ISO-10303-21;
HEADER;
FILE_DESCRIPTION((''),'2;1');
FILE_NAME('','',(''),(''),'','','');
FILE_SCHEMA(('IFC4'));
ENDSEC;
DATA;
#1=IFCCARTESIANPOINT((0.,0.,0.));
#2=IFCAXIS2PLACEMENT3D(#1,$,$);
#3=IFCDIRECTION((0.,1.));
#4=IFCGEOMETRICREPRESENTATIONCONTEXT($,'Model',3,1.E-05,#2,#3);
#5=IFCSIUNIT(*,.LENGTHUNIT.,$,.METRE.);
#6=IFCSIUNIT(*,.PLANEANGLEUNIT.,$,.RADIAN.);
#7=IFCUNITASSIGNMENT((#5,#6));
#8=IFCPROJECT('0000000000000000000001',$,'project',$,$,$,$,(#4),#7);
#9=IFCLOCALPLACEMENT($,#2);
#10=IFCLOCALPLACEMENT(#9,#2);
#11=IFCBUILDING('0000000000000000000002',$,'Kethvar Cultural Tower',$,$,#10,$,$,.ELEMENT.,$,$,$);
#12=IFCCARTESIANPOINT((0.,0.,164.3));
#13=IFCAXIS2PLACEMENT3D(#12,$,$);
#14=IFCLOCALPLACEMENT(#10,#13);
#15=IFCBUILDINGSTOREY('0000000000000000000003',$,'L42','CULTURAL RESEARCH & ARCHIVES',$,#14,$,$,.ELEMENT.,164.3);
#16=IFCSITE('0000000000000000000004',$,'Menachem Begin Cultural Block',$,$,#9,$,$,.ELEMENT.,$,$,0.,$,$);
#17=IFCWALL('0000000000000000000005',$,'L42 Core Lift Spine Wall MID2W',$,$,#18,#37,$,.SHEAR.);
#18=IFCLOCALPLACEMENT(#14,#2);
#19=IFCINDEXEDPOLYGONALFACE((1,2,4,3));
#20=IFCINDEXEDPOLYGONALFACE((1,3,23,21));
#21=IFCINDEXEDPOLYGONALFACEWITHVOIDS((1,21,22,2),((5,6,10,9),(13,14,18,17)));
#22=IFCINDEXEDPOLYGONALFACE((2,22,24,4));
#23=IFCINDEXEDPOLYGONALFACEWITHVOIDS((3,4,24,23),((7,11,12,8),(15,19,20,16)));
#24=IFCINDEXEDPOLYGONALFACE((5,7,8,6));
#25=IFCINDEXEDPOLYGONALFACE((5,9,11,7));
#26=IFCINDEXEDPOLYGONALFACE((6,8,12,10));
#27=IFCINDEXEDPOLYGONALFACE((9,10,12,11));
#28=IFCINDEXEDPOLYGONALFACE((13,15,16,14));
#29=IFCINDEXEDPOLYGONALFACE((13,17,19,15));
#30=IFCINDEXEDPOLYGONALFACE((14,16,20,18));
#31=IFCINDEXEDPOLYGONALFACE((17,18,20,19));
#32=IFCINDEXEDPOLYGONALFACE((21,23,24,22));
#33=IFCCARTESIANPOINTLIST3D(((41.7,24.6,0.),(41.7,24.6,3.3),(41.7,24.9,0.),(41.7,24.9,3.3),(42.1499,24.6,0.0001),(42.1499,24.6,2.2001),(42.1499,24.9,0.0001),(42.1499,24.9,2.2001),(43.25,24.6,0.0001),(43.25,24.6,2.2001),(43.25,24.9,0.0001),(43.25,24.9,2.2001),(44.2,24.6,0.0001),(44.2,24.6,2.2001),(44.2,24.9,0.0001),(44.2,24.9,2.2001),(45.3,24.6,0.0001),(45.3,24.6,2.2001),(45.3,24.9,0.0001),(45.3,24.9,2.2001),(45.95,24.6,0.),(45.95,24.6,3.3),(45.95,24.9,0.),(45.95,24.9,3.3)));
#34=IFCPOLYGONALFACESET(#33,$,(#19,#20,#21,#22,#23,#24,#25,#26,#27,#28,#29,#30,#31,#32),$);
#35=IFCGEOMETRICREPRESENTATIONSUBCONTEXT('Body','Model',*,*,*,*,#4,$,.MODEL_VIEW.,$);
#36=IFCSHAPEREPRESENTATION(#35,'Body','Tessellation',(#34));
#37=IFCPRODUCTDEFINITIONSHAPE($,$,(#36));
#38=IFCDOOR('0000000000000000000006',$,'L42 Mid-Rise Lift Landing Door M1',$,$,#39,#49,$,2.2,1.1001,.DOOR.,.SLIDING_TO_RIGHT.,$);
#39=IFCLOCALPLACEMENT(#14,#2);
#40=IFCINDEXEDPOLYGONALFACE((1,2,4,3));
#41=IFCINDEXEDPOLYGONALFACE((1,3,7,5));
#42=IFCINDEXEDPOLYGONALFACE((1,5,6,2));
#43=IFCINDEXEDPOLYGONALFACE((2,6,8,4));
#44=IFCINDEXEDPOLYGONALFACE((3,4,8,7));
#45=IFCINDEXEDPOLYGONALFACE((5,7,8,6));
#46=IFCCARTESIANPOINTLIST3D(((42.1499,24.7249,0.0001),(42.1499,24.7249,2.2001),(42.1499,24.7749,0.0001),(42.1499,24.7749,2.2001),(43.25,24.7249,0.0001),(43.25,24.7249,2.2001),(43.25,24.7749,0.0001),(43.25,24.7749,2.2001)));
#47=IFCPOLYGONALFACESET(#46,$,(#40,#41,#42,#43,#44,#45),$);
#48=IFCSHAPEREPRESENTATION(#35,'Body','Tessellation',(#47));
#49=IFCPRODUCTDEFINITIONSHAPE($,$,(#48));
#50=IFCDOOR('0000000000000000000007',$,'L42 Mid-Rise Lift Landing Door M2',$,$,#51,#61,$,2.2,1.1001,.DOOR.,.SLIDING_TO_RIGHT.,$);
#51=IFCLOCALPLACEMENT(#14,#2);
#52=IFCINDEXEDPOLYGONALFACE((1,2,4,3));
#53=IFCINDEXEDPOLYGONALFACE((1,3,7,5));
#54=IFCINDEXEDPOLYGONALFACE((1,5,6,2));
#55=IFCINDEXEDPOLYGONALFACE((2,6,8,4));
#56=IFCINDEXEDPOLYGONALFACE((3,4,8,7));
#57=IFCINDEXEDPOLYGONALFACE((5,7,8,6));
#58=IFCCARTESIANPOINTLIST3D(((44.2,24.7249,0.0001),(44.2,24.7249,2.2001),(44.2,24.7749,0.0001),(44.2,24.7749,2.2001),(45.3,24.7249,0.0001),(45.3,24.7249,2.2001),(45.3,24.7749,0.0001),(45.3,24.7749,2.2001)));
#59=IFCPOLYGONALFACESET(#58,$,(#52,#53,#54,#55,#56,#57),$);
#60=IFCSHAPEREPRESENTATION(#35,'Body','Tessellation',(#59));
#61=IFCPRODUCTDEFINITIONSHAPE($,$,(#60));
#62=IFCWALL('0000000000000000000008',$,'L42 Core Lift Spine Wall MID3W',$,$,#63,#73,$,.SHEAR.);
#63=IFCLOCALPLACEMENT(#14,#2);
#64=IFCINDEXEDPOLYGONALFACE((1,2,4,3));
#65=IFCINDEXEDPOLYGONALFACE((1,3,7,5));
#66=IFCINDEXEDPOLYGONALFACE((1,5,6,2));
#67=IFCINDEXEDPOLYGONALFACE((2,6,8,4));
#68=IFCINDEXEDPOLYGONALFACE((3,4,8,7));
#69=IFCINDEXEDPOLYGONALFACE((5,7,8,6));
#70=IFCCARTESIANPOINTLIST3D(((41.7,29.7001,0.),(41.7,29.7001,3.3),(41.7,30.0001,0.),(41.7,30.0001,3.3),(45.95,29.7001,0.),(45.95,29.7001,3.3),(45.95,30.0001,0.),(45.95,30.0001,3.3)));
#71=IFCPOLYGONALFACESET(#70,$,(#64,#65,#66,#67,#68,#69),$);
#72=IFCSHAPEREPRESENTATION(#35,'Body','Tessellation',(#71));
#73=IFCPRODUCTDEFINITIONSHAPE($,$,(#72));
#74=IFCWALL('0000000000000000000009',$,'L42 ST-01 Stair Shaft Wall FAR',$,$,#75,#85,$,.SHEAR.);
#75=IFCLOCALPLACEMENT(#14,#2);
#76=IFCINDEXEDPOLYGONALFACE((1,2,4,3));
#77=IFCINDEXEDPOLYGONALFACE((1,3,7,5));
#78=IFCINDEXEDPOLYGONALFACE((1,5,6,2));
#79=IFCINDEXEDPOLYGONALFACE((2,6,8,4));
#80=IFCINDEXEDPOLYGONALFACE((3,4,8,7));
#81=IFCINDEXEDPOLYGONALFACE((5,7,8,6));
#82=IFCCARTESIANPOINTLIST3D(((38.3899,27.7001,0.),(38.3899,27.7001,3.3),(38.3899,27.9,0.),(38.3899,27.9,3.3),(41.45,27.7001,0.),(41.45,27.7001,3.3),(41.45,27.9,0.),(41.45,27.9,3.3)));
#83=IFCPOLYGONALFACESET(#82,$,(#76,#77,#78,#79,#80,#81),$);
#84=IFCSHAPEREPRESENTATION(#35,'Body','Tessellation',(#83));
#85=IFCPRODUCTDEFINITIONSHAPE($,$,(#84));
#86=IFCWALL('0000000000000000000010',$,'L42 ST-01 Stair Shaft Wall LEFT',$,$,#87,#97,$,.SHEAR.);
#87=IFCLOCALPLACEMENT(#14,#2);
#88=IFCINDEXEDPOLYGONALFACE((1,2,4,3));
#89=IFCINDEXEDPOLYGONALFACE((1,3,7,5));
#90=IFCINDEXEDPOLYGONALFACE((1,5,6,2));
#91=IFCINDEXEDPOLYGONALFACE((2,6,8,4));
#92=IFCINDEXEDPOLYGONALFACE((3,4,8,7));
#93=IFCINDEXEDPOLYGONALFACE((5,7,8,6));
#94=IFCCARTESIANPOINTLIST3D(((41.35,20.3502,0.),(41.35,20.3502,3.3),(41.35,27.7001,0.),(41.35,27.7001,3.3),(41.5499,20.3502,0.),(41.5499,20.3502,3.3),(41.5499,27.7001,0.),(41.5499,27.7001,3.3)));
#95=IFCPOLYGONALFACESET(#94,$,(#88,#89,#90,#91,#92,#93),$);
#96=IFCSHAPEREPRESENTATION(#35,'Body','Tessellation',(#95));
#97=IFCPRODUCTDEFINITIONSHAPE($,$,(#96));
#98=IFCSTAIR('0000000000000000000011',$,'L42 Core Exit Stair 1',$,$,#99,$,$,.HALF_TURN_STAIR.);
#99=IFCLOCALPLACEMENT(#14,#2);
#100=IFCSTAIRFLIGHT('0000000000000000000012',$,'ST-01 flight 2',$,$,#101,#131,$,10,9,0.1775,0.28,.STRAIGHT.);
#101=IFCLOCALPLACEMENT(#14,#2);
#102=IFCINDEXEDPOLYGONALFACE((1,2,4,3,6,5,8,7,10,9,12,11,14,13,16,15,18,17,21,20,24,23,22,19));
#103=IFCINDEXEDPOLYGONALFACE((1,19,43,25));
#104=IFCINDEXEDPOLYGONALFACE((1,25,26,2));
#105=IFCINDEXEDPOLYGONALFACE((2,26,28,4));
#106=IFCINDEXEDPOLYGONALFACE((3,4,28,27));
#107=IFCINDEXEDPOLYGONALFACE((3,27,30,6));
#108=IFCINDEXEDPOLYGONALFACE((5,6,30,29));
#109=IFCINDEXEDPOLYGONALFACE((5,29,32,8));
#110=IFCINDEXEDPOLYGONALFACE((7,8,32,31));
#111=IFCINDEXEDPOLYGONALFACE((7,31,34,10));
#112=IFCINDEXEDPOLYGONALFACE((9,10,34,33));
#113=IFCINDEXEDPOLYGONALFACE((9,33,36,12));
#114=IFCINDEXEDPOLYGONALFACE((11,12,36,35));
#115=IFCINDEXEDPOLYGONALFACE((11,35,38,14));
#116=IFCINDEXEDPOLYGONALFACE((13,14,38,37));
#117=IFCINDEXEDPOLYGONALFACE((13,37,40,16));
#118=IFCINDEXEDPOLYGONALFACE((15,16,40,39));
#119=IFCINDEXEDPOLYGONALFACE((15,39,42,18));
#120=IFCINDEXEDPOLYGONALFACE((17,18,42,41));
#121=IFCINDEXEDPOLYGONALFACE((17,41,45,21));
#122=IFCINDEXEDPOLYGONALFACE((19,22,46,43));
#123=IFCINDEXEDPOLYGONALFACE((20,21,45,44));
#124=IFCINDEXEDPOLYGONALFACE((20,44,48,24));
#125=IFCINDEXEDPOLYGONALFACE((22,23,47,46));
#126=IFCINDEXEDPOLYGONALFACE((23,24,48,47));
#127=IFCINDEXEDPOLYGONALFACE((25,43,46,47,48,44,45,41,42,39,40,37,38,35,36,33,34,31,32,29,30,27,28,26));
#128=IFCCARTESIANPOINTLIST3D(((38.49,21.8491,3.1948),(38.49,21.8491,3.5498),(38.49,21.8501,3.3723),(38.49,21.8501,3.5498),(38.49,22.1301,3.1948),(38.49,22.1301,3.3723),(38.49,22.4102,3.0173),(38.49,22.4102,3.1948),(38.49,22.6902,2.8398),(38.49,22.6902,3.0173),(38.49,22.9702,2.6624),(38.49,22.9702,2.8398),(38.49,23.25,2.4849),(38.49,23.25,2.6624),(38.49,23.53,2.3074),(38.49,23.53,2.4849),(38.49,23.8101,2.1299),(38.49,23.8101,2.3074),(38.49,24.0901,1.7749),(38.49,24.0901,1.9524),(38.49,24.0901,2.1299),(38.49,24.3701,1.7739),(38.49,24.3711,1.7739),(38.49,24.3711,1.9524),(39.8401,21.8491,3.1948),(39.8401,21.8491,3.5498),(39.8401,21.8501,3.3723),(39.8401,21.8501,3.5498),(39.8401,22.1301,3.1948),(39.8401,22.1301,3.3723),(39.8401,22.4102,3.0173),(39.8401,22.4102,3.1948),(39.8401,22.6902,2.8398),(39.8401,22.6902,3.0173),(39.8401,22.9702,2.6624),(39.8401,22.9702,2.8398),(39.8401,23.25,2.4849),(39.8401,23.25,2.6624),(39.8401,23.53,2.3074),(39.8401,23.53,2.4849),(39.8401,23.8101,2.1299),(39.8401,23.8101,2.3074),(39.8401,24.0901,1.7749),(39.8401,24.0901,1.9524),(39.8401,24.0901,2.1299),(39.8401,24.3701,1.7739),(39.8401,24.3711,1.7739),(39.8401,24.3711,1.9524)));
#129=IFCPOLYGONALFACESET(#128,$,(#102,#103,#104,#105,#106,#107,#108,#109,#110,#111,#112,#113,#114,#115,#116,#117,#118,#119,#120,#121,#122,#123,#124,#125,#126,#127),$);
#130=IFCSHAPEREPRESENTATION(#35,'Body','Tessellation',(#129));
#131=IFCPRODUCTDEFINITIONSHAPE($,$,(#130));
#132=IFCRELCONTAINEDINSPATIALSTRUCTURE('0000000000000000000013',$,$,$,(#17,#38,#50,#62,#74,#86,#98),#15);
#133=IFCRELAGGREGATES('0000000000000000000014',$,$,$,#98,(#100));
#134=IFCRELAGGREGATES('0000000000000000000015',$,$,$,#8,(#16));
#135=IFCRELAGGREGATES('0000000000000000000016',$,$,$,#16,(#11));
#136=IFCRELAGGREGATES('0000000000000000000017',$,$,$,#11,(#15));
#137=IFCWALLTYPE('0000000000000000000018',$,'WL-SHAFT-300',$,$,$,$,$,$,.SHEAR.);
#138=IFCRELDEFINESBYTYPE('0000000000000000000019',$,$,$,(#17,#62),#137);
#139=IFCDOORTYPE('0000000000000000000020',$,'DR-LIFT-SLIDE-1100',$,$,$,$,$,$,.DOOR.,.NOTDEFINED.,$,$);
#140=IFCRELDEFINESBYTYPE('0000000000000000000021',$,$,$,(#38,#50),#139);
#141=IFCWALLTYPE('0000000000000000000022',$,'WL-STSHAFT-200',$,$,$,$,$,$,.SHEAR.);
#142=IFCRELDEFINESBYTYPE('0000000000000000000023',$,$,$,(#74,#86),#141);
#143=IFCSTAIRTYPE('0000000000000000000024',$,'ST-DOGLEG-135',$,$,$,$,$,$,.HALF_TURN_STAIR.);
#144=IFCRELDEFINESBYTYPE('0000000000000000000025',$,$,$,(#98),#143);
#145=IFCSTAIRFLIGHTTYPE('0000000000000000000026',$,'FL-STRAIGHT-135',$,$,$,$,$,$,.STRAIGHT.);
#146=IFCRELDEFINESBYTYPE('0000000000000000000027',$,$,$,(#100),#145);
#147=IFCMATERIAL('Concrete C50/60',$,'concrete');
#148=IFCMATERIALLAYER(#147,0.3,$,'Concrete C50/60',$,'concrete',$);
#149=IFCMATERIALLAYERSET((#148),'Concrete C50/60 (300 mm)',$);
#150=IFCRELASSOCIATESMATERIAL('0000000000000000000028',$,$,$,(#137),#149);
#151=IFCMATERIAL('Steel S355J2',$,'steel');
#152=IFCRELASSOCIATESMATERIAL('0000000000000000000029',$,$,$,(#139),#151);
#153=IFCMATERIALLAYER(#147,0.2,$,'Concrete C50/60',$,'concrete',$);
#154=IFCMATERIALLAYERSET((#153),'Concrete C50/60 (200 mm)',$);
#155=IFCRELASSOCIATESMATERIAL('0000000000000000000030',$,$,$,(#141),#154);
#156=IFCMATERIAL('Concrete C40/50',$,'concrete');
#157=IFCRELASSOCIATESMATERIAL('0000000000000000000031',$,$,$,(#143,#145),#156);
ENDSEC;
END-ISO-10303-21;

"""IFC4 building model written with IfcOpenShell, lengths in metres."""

from ifc_helpers import new_model, si_unit, direction, frame, frame_2d, origin, place, context, subcontext, project, spatial, polyline, rectangle, outline, extrude, source, transform, mapped, material, layer, layer_set, type_object, element, fill, aggregate, save


model = new_model("IFC4")

# Units and contexts
model_context = context("Model", 3, precision=1e-05, world=origin(), true_north=direction((0.0, 1.0)))
body_context = subcontext(model_context, "Body", "Model", "MODEL_VIEW")
ifc_project = project(units=[si_unit("LENGTHUNIT", "METRE"), si_unit("PLANEANGLEUNIT", "RADIAN")], contexts=[model_context])

# Site, building, storey
site_placement = place(None, origin())
site = spatial("IfcSite", under=ifc_project, at=site_placement, Name="Menachem Begin Cultural Block", CompositionType="ELEMENT", RefElevation=0.0)
building_placement = place(site_placement, origin())
building = spatial("IfcBuilding", under=site, at=building_placement, Name="Kethvar Cultural Tower", CompositionType="ELEMENT")
storey_placement = place(building_placement, frame((0.0, 0.0, 164.3)))
storey = spatial("IfcBuildingStorey", under=building, at=storey_placement, Name="L42", Description="CULTURAL RESEARCH & ARCHIVES", CompositionType="ELEMENT", Elevation=164.3)

# Shared definitions
ifc_material_1 = material(Name="Steel S355J2", Category="steel")

# Shared definitions
ifc_material_2 = material(Name="Concrete C40/50", Category="concrete")

# Wall, openings, doors
ifc_material_3 = material(Name="Concrete C50/60", Category="concrete")
ifc_layer_1 = layer(ifc_material_3, 0.3, Name="Concrete C50/60", Category="concrete")
ifc_layer_set_1 = layer_set([ifc_layer_1], Name="Concrete C50/60 (300 mm)")
wall_type_1 = type_object("IfcWallType", Name="WL-SHAFT-300", PredefinedType="SHEAR", material=ifc_layer_set_1)
wall_1_placement = place(storey_placement, frame((41.7, 24.75, 0.0), z_axis=(0.0, 0.0, 1.0), x_axis=(1.0, 0.0, 0.0)))
wall_1 = element("IfcWall", 1, at=wall_1_placement, inside=storey, type_object=wall_type_1, Name="L42 Core Lift Spine Wall MID2W", PredefinedType="SHEAR", context=body_context, shape_type="SweptSolid", body=[
    extrude(rectangle(XDim=4.25, YDim=0.3, at=frame_2d((2.125, 0.0))), origin(), (0.0, 0.0, 1.0), 3.3),
])
opening_1_placement = place(wall_1_placement, frame((0.45, 0.0, 0.0)))
opening_1 = element("IfcOpeningElement", 2, at=opening_1_placement, cuts=wall_1, PredefinedType="OPENING", context=body_context, shape_type="SweptSolid", body=[
    extrude(rectangle(XDim=1.1001, YDim=2.2, at=frame_2d((0.55, 1.1001))), frame((0.0, 0.1599, 0.0), z_axis=(0.0, -1.0, 0.0), x_axis=(1.0, 0.0, 0.0)), (0.0, 0.0, 1.0), 0.3201),
])
opening_2_placement = place(wall_1_placement, frame((2.5, 0.0, 0.0)))
opening_2 = element("IfcOpeningElement", 3, at=opening_2_placement, cuts=wall_1, PredefinedType="OPENING", context=body_context, shape_type="SweptSolid", body=[
    extrude(rectangle(XDim=1.1001, YDim=2.2, at=frame_2d((0.55, 1.1001))), frame((0.0, 0.1599, 0.0), z_axis=(0.0, -1.0, 0.0), x_axis=(1.0, 0.0, 0.0)), (0.0, 0.0, 1.0), 0.3201),
])
door_type = type_object("IfcDoorType", Name="DR-LIFT-SLIDE-1100", OperationType="NOTDEFINED", PredefinedType="DOOR", material=ifc_material_1)
shared_shape_1 = source(origin(), body_context, "Body", "SweptSolid", [
    extrude(rectangle(XDim=1.1001, YDim=2.2, at=frame_2d((0.55, 1.1001))), frame((0.0, 0.0249, 0.0), z_axis=(0.0, -1.0, 0.0), x_axis=(1.0, 0.0, 0.0)), (0.0, 0.0, 1.0), 0.05),
])
door_1_placement = place(opening_1_placement, origin())
door_1 = element("IfcDoor", 4, at=door_1_placement, inside=storey, type_object=door_type, Name="L42 Mid-Rise Lift Landing Door M1", OperationType="SLIDING_TO_RIGHT", OverallHeight=2.2, OverallWidth=1.1001, PredefinedType="DOOR", context=body_context, shape_type="MappedRepresentation", body=[
    mapped(shared_shape_1, transform((0.0, 0.0, 0.0), scale=1.0)),
])
fill(opening_1, door_1)
door_2_placement = place(opening_2_placement, origin())
door_2 = element("IfcDoor", 5, at=door_2_placement, inside=storey, type_object=door_type, Name="L42 Mid-Rise Lift Landing Door M2", OperationType="SLIDING_TO_RIGHT", OverallHeight=2.2, OverallWidth=1.1001, PredefinedType="DOOR", context=body_context, shape_type="MappedRepresentation", body=[
    mapped(shared_shape_1, transform((0.0, 0.0, 0.0), scale=1.0)),
])
fill(opening_2, door_2)

# Walls
wall_2_placement = place(storey_placement, frame((41.7, 29.8501, 0.0), z_axis=(0.0, 0.0, 1.0), x_axis=(1.0, 0.0, 0.0)))
element("IfcWall", 6, at=wall_2_placement, inside=storey, type_object=wall_type_1, Name="L42 Core Lift Spine Wall MID3W", PredefinedType="SHEAR", context=body_context, shape_type="SweptSolid", body=[
    extrude(rectangle(XDim=4.25, YDim=0.3, at=frame_2d((2.125, 0.0))), origin(), (0.0, 0.0, 1.0), 3.3),
])
ifc_layer_2 = layer(ifc_material_3, 0.2, Name="Concrete C50/60", Category="concrete")
ifc_layer_set_2 = layer_set([ifc_layer_2], Name="Concrete C50/60 (200 mm)")
wall_type_2 = type_object("IfcWallType", Name="WL-STSHAFT-200", PredefinedType="SHEAR", material=ifc_layer_set_2)
wall_3_placement = place(storey_placement, frame((38.3899, 27.8, 0.0), z_axis=(0.0, 0.0, 1.0), x_axis=(1.0, 0.0, 0.0)))
element("IfcWall", 7, at=wall_3_placement, inside=storey, type_object=wall_type_2, Name="L42 ST-01 Stair Shaft Wall FAR", PredefinedType="SHEAR", context=body_context, shape_type="SweptSolid", body=[
    extrude(rectangle(XDim=3.0601, YDim=0.2, at=frame_2d((1.53, 0.0))), origin(), (0.0, 0.0, 1.0), 3.3),
])
wall_4_placement = place(storey_placement, frame((41.45, 27.7, 0.0), z_axis=(0.0, 0.0, 1.0), x_axis=(0.0, -1.0, 0.0)))
element("IfcWall", 8, at=wall_4_placement, inside=storey, type_object=wall_type_2, Name="L42 ST-01 Stair Shaft Wall LEFT", PredefinedType="SHEAR", context=body_context, shape_type="SweptSolid", body=[
    extrude(rectangle(XDim=7.3499, YDim=0.2, at=frame_2d((3.6748, 0.0))), origin(), (0.0, 0.0, 1.0), 3.3),
])

# Stair, stair flight
stair_type = type_object("IfcStairType", Name="ST-DOGLEG-135", PredefinedType="HALF_TURN_STAIR", material=ifc_material_2)
stair_placement = place(storey_placement, origin())
stair = element("IfcStair", 9, at=stair_placement, inside=storey, type_object=stair_type, Name="L42 Core Exit Stair 1", PredefinedType="HALF_TURN_STAIR")
stair_flight_type = type_object("IfcStairFlightType", Name="FL-STRAIGHT-135", PredefinedType="STRAIGHT", material=ifc_material_2)
stair_flight_placement = place(storey_placement, frame((39.165, 24.3701, 1.7749), z_axis=(0.0, 0.0, 1.0), x_axis=(0.0, -1.0, 0.0)))
stair_flight = element("IfcStairFlight", 10, at=stair_flight_placement, type_object=stair_flight_type, Name="ST-01 flight 2", NumberOfRisers=10, NumberOfTreads=9, PredefinedType="STRAIGHT", RiserHeight=0.1775, TreadLength=0.28, context=body_context, shape_type="SweptSolid", body=[
    extrude(outline(polyline([(-0.001, -0.001), (-0.001, 0.1775), (0.28, 0.1775), (0.28, 0.355), (0.5601, 0.355), (0.5601, 0.5325), (0.8401, 0.5325), (0.8401, 0.71), (1.1201, 0.71), (1.1201, 0.8875), (1.3999, 0.8875), (1.3999, 1.0649), (1.6799, 1.0649), (1.6799, 1.2424), (1.96, 1.2424), (1.96, 1.4199), (2.24, 1.4199), (2.24, 1.5974), (2.52, 1.5974), (2.52, 1.7749), (2.521, 1.7749), (2.521, 1.4199), (0.28, 0.0), (0.0, -0.001), (-0.001, -0.001)])), frame((0.0, 0.675, 0.0), z_axis=(0.0, -1.0, 0.0), x_axis=(1.0, 0.0, 0.0)), (0.0, 0.0, 1.0), 1.3501),
])
aggregate(stair, [stair_flight])

save(model, "model.ifc")
